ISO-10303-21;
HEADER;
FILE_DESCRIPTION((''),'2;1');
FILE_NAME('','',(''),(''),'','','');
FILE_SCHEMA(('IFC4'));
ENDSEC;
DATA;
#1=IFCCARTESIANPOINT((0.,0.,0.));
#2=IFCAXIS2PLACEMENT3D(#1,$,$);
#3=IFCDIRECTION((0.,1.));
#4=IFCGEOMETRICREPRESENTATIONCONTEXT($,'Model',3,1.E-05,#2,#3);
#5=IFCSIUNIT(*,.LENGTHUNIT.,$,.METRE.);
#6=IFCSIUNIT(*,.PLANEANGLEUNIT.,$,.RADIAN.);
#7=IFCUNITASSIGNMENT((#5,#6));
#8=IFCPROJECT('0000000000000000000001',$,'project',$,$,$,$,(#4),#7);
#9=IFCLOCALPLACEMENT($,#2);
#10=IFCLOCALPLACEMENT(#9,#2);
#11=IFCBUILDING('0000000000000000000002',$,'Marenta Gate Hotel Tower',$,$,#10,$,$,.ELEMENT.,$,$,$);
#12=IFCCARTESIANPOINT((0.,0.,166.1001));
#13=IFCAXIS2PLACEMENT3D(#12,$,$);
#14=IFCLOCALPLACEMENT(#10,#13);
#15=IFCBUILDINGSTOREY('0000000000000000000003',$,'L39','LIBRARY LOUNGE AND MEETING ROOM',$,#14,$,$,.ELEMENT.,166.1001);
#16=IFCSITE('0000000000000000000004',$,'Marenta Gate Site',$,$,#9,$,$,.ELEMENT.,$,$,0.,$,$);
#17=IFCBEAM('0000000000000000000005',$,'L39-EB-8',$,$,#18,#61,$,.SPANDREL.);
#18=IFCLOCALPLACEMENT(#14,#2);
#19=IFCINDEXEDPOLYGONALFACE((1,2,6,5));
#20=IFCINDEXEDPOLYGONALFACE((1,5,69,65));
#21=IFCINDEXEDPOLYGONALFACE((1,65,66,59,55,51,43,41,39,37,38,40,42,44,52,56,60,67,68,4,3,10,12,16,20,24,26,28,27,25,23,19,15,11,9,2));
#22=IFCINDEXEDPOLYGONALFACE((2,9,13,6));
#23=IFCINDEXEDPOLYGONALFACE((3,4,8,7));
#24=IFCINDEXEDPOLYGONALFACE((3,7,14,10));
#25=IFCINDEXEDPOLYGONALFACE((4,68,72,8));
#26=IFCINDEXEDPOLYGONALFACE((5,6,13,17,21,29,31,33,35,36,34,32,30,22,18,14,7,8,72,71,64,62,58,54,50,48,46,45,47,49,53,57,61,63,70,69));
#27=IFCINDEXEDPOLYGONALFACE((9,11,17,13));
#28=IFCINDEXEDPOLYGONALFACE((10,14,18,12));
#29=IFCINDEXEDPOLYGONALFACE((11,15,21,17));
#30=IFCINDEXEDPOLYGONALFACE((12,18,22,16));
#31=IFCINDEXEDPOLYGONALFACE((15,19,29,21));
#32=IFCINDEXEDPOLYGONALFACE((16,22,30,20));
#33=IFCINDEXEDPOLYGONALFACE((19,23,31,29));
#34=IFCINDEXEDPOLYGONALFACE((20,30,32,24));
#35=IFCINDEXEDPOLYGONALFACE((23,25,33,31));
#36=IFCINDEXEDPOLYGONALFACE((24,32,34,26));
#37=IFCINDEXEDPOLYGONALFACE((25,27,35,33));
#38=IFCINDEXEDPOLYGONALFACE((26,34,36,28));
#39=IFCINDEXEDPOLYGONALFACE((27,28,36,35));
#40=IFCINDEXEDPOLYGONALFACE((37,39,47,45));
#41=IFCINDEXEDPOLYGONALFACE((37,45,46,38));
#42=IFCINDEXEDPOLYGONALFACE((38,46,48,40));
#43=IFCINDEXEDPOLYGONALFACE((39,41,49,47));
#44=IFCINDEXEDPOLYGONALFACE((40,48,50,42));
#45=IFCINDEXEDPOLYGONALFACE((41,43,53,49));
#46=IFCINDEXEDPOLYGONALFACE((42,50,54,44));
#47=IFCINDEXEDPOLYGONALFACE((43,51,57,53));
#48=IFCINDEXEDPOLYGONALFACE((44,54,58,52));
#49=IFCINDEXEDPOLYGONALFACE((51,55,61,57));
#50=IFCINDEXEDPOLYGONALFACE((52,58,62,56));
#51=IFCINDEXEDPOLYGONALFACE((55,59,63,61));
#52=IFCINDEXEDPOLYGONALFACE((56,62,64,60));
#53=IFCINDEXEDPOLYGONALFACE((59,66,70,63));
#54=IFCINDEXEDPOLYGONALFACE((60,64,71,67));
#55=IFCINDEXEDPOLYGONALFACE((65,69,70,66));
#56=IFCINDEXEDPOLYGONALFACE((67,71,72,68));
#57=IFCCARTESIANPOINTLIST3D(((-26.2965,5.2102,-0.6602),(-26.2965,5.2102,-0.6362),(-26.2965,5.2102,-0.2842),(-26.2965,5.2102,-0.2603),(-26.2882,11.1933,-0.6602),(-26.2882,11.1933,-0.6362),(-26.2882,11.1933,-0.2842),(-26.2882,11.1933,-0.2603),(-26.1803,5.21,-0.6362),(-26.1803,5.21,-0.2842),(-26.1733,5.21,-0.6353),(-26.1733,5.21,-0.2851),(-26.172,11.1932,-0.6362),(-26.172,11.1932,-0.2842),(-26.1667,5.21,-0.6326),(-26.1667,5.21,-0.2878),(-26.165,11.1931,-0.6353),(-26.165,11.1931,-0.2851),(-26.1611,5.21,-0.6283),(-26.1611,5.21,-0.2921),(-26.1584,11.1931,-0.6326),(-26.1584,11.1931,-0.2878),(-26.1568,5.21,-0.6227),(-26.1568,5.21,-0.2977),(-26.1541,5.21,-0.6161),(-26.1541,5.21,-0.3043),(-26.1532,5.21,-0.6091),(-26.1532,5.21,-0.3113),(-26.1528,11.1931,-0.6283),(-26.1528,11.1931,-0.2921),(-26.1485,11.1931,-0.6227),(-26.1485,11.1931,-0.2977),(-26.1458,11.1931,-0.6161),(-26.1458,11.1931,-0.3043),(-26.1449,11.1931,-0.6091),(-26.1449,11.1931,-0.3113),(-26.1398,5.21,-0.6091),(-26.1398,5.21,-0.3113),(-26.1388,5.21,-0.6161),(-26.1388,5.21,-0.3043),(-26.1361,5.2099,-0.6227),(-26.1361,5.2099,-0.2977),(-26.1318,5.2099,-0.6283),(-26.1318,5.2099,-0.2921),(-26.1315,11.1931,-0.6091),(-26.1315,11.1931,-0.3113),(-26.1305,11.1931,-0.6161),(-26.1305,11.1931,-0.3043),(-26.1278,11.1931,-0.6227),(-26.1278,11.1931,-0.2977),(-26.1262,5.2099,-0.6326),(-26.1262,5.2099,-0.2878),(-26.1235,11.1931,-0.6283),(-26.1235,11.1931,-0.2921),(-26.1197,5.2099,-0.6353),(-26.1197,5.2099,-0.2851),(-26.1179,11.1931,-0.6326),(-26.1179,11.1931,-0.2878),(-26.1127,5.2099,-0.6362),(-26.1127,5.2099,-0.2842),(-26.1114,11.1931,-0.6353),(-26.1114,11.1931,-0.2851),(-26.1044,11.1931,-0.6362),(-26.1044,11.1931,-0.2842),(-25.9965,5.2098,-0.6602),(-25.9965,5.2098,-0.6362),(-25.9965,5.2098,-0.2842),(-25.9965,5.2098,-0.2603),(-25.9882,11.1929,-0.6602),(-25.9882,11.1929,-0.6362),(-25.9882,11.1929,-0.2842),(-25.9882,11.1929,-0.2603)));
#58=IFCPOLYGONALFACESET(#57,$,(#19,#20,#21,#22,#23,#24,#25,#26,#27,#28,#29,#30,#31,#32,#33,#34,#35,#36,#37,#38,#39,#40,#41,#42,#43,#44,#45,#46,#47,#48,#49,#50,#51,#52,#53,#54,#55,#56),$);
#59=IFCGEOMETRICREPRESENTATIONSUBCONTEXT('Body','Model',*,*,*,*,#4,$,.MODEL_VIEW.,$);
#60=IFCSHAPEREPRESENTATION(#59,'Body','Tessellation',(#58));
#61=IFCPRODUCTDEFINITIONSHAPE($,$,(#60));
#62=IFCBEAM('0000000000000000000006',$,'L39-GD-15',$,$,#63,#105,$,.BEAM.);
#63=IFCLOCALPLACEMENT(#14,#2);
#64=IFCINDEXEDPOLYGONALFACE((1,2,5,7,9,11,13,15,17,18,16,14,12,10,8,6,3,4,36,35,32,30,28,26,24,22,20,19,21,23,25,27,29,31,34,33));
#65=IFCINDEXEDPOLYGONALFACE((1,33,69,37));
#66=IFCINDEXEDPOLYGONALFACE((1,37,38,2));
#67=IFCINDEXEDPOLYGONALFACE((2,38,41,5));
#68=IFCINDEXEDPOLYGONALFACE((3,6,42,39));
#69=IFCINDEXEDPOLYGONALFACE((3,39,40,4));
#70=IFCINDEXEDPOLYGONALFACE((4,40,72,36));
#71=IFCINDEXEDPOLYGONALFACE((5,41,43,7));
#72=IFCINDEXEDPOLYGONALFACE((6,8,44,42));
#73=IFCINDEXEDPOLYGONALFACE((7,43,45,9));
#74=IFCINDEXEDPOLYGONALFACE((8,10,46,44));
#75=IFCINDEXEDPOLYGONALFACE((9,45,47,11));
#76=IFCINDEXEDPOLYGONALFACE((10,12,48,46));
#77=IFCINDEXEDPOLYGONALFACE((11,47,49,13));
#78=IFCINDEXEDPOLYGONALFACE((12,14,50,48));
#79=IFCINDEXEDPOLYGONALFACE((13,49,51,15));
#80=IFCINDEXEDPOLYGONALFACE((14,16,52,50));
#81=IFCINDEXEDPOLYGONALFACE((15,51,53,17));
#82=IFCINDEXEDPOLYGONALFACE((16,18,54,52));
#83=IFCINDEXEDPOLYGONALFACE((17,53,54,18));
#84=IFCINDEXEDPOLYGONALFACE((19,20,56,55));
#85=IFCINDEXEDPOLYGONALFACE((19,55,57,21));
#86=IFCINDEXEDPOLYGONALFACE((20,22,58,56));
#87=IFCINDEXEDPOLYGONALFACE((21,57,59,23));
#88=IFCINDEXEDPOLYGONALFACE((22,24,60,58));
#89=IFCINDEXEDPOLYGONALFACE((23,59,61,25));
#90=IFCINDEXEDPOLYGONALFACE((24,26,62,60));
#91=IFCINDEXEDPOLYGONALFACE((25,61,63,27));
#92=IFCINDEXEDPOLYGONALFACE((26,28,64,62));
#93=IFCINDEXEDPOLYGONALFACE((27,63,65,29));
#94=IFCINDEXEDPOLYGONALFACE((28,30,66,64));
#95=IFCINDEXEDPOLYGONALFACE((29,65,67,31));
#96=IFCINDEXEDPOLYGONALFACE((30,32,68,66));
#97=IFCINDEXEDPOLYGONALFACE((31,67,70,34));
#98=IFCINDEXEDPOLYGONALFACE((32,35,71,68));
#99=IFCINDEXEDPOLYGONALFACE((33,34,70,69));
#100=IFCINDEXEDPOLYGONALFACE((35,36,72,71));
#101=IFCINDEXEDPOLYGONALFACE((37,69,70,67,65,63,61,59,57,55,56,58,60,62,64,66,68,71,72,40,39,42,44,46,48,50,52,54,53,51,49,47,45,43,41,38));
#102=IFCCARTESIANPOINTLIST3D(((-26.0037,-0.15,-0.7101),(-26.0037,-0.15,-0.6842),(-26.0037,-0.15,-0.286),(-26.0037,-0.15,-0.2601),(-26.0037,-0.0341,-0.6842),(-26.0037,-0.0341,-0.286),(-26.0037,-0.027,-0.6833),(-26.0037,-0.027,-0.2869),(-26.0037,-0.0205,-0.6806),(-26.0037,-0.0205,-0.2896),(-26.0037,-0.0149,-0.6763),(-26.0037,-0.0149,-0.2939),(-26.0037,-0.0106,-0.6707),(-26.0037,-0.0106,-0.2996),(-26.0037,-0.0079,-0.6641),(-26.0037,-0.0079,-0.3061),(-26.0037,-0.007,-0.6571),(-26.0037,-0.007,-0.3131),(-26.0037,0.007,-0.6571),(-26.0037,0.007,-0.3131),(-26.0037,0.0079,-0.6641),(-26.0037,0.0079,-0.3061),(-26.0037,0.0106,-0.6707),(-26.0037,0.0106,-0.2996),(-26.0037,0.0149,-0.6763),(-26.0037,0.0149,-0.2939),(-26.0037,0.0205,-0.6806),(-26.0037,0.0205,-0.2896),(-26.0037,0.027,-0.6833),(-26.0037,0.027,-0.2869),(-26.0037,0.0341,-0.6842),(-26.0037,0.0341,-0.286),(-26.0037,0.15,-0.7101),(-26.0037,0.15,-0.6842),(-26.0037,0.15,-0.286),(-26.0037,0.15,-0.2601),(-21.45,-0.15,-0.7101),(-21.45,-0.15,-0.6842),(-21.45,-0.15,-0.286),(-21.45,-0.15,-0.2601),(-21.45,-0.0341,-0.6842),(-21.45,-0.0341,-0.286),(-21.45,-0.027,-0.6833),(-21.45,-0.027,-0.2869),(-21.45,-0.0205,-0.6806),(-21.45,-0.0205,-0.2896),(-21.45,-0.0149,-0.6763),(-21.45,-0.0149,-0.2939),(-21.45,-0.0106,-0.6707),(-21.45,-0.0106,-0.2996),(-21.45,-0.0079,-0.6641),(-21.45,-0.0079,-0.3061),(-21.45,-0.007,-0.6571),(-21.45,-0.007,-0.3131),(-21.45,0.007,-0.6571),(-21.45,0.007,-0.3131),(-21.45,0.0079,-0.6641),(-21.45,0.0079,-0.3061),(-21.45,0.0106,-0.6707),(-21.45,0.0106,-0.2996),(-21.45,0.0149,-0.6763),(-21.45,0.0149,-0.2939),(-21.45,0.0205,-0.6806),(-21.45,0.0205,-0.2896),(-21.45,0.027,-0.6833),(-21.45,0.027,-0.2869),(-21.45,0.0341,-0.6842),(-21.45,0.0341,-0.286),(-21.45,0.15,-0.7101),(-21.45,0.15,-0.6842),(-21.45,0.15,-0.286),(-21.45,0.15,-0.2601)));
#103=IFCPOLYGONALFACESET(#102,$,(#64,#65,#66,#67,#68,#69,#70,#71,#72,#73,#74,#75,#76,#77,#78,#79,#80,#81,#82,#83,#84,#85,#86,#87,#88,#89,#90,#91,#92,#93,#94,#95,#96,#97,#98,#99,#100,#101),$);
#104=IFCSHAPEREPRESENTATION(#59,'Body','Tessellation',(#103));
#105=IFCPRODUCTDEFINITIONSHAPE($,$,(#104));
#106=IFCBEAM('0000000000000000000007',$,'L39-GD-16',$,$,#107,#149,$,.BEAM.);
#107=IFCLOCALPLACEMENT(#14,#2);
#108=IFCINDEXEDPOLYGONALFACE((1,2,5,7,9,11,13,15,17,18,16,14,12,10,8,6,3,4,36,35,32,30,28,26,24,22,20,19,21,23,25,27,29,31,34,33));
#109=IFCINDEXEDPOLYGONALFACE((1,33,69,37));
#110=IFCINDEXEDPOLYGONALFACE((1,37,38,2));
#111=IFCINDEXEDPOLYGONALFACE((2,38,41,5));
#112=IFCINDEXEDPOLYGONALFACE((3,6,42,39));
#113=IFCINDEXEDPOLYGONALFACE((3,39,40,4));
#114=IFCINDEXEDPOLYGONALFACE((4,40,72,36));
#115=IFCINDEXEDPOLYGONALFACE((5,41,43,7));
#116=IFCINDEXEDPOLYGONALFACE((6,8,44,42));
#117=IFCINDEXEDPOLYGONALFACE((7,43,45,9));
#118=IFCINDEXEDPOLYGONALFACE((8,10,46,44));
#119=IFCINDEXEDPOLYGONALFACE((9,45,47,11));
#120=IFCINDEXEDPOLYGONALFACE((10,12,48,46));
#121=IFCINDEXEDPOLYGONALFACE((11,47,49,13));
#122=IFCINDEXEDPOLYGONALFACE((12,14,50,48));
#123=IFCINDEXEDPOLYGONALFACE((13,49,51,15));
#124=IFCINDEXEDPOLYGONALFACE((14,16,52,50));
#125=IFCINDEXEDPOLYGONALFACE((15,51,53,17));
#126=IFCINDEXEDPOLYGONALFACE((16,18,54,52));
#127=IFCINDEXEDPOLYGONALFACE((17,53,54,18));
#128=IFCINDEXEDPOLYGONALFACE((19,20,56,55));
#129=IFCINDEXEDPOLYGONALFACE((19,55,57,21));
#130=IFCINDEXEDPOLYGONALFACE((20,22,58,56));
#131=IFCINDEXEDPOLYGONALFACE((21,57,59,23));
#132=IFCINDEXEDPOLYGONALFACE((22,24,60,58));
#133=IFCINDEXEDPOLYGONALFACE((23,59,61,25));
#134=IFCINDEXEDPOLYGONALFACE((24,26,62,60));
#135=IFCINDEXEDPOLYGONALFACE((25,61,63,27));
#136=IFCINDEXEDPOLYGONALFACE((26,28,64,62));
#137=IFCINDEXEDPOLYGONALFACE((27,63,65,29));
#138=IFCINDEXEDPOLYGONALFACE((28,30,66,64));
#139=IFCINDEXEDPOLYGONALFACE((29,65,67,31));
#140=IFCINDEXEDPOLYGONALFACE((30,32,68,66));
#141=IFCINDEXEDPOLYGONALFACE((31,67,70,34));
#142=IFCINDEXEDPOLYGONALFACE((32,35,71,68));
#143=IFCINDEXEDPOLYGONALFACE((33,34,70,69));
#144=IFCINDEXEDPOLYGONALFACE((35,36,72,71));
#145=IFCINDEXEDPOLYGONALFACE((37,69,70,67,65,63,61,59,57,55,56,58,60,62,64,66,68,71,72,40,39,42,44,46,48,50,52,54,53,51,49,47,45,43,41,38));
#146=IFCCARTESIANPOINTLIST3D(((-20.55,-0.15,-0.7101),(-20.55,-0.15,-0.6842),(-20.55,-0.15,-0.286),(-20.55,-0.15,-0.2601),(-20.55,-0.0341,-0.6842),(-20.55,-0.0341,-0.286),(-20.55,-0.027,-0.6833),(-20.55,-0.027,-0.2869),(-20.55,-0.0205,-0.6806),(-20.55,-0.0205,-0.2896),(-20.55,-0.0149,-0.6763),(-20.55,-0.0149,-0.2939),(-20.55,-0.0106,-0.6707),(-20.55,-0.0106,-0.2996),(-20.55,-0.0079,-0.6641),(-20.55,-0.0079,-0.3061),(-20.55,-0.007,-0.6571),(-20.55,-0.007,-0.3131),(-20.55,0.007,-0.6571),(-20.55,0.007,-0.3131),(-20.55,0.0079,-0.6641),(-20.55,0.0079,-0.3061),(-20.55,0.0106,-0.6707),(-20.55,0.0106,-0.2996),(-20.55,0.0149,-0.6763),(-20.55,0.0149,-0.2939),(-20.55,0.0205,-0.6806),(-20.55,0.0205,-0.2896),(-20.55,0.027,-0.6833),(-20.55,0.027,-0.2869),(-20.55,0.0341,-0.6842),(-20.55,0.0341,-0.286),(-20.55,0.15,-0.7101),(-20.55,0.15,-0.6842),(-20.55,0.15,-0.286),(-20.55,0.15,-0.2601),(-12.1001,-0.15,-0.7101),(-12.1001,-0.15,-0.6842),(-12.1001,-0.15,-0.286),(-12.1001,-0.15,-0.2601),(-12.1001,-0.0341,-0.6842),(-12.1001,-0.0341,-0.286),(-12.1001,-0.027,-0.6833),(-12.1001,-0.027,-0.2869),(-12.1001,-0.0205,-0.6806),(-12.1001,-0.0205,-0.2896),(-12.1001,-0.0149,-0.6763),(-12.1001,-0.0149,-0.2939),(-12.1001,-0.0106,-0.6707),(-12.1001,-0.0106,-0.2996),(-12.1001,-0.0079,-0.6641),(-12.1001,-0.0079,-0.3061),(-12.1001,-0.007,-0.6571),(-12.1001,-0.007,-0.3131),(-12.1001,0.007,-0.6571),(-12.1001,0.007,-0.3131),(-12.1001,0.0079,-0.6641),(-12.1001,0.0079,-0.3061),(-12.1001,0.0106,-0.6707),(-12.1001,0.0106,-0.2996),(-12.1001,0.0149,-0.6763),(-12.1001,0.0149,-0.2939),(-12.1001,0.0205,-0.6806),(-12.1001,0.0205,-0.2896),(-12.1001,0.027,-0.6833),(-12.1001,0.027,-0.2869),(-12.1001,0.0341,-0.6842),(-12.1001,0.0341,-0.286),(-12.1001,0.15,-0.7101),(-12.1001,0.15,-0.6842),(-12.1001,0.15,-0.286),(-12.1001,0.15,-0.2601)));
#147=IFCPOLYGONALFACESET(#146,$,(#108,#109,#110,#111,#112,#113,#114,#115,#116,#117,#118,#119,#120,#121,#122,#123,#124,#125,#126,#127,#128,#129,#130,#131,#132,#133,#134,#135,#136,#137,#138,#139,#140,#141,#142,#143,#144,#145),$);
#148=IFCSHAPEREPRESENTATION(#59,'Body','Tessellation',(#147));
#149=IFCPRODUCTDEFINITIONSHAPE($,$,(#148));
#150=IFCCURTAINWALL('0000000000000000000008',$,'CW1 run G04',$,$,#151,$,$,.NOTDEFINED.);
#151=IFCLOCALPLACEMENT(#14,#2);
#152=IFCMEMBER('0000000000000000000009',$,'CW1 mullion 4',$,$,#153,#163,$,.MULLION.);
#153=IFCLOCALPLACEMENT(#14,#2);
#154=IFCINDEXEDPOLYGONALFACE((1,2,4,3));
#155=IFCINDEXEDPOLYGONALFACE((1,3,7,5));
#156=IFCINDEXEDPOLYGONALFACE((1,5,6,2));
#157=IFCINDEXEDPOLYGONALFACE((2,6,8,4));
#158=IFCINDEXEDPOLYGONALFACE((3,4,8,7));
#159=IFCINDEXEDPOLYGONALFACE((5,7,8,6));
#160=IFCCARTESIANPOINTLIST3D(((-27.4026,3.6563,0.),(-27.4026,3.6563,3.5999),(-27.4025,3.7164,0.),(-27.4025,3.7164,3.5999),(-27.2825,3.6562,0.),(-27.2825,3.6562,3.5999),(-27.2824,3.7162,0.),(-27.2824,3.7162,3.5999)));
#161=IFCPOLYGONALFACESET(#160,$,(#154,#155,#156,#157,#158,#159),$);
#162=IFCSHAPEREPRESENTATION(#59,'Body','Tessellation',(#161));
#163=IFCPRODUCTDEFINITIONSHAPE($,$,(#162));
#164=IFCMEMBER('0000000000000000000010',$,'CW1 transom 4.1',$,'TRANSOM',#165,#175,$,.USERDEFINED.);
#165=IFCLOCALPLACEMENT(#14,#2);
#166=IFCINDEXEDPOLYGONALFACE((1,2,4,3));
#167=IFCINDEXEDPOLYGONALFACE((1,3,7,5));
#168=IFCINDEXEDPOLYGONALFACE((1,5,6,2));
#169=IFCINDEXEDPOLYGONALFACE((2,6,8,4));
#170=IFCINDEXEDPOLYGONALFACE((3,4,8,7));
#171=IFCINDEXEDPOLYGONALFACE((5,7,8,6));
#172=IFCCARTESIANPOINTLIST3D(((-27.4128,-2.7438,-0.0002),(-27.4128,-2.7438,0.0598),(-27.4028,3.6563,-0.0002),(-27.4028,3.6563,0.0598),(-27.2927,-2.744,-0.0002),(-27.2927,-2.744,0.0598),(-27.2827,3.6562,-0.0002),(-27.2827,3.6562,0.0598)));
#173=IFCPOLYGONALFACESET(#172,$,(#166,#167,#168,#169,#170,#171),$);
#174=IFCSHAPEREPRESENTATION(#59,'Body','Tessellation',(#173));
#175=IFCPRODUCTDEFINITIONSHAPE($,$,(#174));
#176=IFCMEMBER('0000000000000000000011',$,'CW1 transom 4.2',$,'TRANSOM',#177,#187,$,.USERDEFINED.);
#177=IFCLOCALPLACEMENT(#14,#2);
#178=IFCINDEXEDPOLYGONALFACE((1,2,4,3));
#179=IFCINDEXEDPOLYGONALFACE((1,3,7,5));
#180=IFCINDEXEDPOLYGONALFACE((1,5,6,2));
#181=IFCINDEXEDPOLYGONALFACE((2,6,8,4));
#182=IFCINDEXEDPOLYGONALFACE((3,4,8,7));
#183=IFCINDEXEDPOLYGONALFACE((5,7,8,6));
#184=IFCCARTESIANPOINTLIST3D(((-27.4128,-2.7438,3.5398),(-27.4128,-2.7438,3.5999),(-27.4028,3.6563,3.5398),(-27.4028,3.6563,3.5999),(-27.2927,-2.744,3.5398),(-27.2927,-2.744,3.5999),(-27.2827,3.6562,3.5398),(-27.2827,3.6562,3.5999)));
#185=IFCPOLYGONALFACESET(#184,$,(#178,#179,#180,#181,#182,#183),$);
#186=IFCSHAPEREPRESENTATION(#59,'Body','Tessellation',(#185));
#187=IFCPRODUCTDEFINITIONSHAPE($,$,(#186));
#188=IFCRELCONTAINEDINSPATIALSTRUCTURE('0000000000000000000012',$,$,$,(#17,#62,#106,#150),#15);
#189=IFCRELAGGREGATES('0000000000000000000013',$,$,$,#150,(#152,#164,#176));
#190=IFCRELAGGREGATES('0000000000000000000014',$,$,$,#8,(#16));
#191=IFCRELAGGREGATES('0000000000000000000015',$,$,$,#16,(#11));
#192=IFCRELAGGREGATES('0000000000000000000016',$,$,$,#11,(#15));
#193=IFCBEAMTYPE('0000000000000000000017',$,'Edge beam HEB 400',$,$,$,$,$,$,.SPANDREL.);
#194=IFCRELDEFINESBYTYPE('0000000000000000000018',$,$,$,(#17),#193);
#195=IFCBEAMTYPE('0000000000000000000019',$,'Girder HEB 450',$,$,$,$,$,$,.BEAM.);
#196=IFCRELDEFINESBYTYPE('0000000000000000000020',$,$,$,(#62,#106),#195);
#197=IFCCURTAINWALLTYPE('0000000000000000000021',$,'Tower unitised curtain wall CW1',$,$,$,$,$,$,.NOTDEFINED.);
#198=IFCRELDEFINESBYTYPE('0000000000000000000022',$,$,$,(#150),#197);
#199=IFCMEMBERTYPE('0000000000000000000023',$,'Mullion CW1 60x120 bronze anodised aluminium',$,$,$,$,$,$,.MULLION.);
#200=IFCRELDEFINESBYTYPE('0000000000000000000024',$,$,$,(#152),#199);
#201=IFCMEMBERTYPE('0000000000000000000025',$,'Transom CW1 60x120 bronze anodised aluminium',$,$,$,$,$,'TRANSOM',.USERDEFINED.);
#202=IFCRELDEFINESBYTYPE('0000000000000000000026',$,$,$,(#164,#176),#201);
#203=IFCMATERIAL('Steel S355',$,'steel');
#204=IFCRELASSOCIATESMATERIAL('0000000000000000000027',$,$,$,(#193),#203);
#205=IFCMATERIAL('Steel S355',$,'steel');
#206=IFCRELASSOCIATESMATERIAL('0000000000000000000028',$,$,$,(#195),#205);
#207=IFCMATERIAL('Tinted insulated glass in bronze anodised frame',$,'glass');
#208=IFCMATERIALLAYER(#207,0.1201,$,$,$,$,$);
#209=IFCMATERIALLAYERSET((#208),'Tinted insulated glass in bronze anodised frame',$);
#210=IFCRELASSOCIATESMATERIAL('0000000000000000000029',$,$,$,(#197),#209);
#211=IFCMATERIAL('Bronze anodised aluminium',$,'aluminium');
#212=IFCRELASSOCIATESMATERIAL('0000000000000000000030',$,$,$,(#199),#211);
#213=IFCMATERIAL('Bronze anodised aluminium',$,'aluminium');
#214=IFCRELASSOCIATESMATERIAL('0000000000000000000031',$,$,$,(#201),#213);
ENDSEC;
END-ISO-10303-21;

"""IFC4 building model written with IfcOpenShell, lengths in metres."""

from ifc_helpers import new_model, si_unit, direction, frame, origin, origin_2d, place, context, subcontext, project, spatial, rectangle, i_section, extrude, material, layer, layer_set, material_profile, profile_set, type_object, element, aggregate, save


model = new_model("IFC4")

# Units and contexts
model_context = context("Model", 3, precision=1e-05, world=origin(), true_north=direction((0.0, 1.0)))
body_context = subcontext(model_context, "Body", "Model", "MODEL_VIEW")
ifc_project = project(units=[si_unit("LENGTHUNIT", "METRE"), si_unit("PLANEANGLEUNIT", "RADIAN")], contexts=[model_context])

# Site, building, storey
site_placement = place(None, origin())
site = spatial("IfcSite", under=ifc_project, at=site_placement, Name="Marenta Gate Site", CompositionType="ELEMENT", RefElevation=0.0)
building_placement = place(site_placement, origin())
building = spatial("IfcBuilding", under=site, at=building_placement, Name="Marenta Gate Hotel Tower", CompositionType="ELEMENT")
storey_placement = place(building_placement, frame((0.0, 0.0, 166.1001)))
storey = spatial("IfcBuildingStorey", under=building, at=storey_placement, Name="L39", Description="LIBRARY LOUNGE AND MEETING ROOM", CompositionType="ELEMENT", Elevation=166.1001)

# Beams
ifc_material_1 = material(Name="Steel S355", Category="steel")
ifc_material_profile_1 = material_profile(ifc_material_1, i_section(OverallWidth=0.3, OverallDepth=0.3999, WebThickness=0.0134, FlangeThickness=0.0239, FilletRadius=0.0271, at=origin_2d()), Name="HEB 400")
ifc_profile_set_1 = profile_set([ifc_material_profile_1], Name="Steel S355")
beam_type_1 = type_object("IfcBeamType", Name="Edge beam HEB 400", PredefinedType="SPANDREL", material=ifc_profile_set_1)
beam_1_placement = place(storey_placement, frame((-26.1465, 5.21, -0.4602), z_axis=(0.001387, 0.999999, 0.0), x_axis=(-0.999999, 0.001387, 0.0)))
element("IfcBeam", 1, at=beam_1_placement, inside=storey, type_object=beam_type_1, Name="L39-EB-8", PredefinedType="SPANDREL", context=body_context, shape_type="SweptSolid", body=[
    extrude(i_section(OverallWidth=0.3, OverallDepth=0.3999, WebThickness=0.0134, FlangeThickness=0.0239, FilletRadius=0.0271, at=origin_2d()), origin(), (0.0, 0.0, 1.0), 5.9832),
])
ifc_material_2 = material(Name="Steel S355", Category="steel")
ifc_material_profile_2 = material_profile(ifc_material_2, i_section(OverallWidth=0.3, OverallDepth=0.45, WebThickness=0.0139, FlangeThickness=0.0259, FilletRadius=0.0271, at=origin_2d()), Name="HEB 450")
ifc_profile_set_2 = profile_set([ifc_material_profile_2], Name="Steel S355")
beam_type_2 = type_object("IfcBeamType", Name="Girder HEB 450", PredefinedType="BEAM", material=ifc_profile_set_2)
beam_2_placement = place(storey_placement, frame((-26.0037, 0.0, -0.4851), z_axis=(1.0, 0.0, 0.0), x_axis=(0.0, 1.0, 0.0)))
element("IfcBeam", 2, at=beam_2_placement, inside=storey, type_object=beam_type_2, Name="L39-GD-15", PredefinedType="BEAM", context=body_context, shape_type="SweptSolid", body=[
    extrude(i_section(OverallWidth=0.3, OverallDepth=0.45, WebThickness=0.0139, FlangeThickness=0.0259, FilletRadius=0.0271, at=origin_2d()), origin(), (0.0, 0.0, 1.0), 4.5537),
])
beam_3_placement = place(storey_placement, frame((-20.55, 0.0, -0.4851), z_axis=(1.0, 0.0, 0.0), x_axis=(0.0, 1.0, 0.0)))
element("IfcBeam", 3, at=beam_3_placement, inside=storey, type_object=beam_type_2, Name="L39-GD-16", PredefinedType="BEAM", context=body_context, shape_type="SweptSolid", body=[
    extrude(i_section(OverallWidth=0.3, OverallDepth=0.45, WebThickness=0.0139, FlangeThickness=0.0259, FilletRadius=0.0271, at=origin_2d()), origin(), (0.0, 0.0, 1.0), 8.45),
])

# Curtain wall, members
ifc_material_3 = material(Name="Tinted insulated glass in bronze anodised frame", Category="glass")
ifc_layer_1 = layer(ifc_material_3, 0.1201)
ifc_layer_set_1 = layer_set([ifc_layer_1], Name="Tinted insulated glass in bronze anodised frame")
curtain_wall_type = type_object("IfcCurtainWallType", Name="Tower unitised curtain wall CW1", PredefinedType="NOTDEFINED", material=ifc_layer_set_1)
curtain_wall_placement = place(storey_placement, origin())
curtain_wall = element("IfcCurtainWall", 4, at=curtain_wall_placement, inside=storey, type_object=curtain_wall_type, Name="CW1 run G04", PredefinedType="NOTDEFINED")
ifc_material_4 = material(Name="Bronze anodised aluminium", Category="aluminium")
ifc_material_profile_3 = material_profile(ifc_material_4, rectangle(XDim=0.1201, YDim=0.0601, at=origin_2d()), Name="Mullion CW1 60x120 bronze anodised aluminium")
ifc_profile_set_3 = profile_set([ifc_material_profile_3], Name="Bronze anodised aluminium")
member_type_1 = type_object("IfcMemberType", Name="Mullion CW1 60x120 bronze anodised aluminium", PredefinedType="MULLION", material=ifc_profile_set_3)
member_1_placement = place(storey_placement, frame((-27.3425, 3.6863, 0.0), z_axis=(0.0, 0.0, 1.0), x_axis=(0.999999, -0.001566, 0.0)))
member_1 = element("IfcMember", 5, at=member_1_placement, type_object=member_type_1, Name="CW1 mullion 4", PredefinedType="MULLION", context=body_context, shape_type="SweptSolid", body=[
    extrude(rectangle(XDim=0.1201, YDim=0.0601, at=origin_2d()), origin(), (0.0, 0.0, 1.0), 3.5999),
])
ifc_material_5 = material(Name="Bronze anodised aluminium", Category="aluminium")
ifc_material_profile_4 = material_profile(ifc_material_5, rectangle(XDim=0.1201, YDim=0.0601, at=origin_2d()), Name="Transom CW1 60x120 bronze anodised aluminium")
ifc_profile_set_4 = profile_set([ifc_material_profile_4], Name="Bronze anodised aluminium")
member_type_2 = type_object("IfcMemberType", Name="Transom CW1 60x120 bronze anodised aluminium", ElementType="TRANSOM", PredefinedType="USERDEFINED", material=ifc_profile_set_4)
member_2_placement = place(storey_placement, frame((-27.3428, 3.6562, 0.0298), z_axis=(-0.001564, -0.999999, 0.0), x_axis=(0.999999, -0.001564, 0.0)))
member_2 = element("IfcMember", 6, at=member_2_placement, type_object=member_type_2, Name="CW1 transom 4.1", ObjectType="TRANSOM", PredefinedType="USERDEFINED", context=body_context, shape_type="SweptSolid", body=[
    extrude(rectangle(XDim=0.1201, YDim=0.0601, at=origin_2d()), origin(), (0.0, 0.0, 1.0), 6.4001),
])
member_3_placement = place(storey_placement, frame((-27.3428, 3.6562, 3.5698), z_axis=(-0.001564, -0.999999, 0.0), x_axis=(0.999999, -0.001564, 0.0)))
member_3 = element("IfcMember", 7, at=member_3_placement, type_object=member_type_2, Name="CW1 transom 4.2", ObjectType="TRANSOM", PredefinedType="USERDEFINED", context=body_context, shape_type="SweptSolid", body=[
    extrude(rectangle(XDim=0.1201, YDim=0.0601, at=origin_2d()), origin(), (0.0, 0.0, 1.0), 6.4001),
])
aggregate(curtain_wall, [member_1, member_2, member_3])

save(model, "model.ifc")
